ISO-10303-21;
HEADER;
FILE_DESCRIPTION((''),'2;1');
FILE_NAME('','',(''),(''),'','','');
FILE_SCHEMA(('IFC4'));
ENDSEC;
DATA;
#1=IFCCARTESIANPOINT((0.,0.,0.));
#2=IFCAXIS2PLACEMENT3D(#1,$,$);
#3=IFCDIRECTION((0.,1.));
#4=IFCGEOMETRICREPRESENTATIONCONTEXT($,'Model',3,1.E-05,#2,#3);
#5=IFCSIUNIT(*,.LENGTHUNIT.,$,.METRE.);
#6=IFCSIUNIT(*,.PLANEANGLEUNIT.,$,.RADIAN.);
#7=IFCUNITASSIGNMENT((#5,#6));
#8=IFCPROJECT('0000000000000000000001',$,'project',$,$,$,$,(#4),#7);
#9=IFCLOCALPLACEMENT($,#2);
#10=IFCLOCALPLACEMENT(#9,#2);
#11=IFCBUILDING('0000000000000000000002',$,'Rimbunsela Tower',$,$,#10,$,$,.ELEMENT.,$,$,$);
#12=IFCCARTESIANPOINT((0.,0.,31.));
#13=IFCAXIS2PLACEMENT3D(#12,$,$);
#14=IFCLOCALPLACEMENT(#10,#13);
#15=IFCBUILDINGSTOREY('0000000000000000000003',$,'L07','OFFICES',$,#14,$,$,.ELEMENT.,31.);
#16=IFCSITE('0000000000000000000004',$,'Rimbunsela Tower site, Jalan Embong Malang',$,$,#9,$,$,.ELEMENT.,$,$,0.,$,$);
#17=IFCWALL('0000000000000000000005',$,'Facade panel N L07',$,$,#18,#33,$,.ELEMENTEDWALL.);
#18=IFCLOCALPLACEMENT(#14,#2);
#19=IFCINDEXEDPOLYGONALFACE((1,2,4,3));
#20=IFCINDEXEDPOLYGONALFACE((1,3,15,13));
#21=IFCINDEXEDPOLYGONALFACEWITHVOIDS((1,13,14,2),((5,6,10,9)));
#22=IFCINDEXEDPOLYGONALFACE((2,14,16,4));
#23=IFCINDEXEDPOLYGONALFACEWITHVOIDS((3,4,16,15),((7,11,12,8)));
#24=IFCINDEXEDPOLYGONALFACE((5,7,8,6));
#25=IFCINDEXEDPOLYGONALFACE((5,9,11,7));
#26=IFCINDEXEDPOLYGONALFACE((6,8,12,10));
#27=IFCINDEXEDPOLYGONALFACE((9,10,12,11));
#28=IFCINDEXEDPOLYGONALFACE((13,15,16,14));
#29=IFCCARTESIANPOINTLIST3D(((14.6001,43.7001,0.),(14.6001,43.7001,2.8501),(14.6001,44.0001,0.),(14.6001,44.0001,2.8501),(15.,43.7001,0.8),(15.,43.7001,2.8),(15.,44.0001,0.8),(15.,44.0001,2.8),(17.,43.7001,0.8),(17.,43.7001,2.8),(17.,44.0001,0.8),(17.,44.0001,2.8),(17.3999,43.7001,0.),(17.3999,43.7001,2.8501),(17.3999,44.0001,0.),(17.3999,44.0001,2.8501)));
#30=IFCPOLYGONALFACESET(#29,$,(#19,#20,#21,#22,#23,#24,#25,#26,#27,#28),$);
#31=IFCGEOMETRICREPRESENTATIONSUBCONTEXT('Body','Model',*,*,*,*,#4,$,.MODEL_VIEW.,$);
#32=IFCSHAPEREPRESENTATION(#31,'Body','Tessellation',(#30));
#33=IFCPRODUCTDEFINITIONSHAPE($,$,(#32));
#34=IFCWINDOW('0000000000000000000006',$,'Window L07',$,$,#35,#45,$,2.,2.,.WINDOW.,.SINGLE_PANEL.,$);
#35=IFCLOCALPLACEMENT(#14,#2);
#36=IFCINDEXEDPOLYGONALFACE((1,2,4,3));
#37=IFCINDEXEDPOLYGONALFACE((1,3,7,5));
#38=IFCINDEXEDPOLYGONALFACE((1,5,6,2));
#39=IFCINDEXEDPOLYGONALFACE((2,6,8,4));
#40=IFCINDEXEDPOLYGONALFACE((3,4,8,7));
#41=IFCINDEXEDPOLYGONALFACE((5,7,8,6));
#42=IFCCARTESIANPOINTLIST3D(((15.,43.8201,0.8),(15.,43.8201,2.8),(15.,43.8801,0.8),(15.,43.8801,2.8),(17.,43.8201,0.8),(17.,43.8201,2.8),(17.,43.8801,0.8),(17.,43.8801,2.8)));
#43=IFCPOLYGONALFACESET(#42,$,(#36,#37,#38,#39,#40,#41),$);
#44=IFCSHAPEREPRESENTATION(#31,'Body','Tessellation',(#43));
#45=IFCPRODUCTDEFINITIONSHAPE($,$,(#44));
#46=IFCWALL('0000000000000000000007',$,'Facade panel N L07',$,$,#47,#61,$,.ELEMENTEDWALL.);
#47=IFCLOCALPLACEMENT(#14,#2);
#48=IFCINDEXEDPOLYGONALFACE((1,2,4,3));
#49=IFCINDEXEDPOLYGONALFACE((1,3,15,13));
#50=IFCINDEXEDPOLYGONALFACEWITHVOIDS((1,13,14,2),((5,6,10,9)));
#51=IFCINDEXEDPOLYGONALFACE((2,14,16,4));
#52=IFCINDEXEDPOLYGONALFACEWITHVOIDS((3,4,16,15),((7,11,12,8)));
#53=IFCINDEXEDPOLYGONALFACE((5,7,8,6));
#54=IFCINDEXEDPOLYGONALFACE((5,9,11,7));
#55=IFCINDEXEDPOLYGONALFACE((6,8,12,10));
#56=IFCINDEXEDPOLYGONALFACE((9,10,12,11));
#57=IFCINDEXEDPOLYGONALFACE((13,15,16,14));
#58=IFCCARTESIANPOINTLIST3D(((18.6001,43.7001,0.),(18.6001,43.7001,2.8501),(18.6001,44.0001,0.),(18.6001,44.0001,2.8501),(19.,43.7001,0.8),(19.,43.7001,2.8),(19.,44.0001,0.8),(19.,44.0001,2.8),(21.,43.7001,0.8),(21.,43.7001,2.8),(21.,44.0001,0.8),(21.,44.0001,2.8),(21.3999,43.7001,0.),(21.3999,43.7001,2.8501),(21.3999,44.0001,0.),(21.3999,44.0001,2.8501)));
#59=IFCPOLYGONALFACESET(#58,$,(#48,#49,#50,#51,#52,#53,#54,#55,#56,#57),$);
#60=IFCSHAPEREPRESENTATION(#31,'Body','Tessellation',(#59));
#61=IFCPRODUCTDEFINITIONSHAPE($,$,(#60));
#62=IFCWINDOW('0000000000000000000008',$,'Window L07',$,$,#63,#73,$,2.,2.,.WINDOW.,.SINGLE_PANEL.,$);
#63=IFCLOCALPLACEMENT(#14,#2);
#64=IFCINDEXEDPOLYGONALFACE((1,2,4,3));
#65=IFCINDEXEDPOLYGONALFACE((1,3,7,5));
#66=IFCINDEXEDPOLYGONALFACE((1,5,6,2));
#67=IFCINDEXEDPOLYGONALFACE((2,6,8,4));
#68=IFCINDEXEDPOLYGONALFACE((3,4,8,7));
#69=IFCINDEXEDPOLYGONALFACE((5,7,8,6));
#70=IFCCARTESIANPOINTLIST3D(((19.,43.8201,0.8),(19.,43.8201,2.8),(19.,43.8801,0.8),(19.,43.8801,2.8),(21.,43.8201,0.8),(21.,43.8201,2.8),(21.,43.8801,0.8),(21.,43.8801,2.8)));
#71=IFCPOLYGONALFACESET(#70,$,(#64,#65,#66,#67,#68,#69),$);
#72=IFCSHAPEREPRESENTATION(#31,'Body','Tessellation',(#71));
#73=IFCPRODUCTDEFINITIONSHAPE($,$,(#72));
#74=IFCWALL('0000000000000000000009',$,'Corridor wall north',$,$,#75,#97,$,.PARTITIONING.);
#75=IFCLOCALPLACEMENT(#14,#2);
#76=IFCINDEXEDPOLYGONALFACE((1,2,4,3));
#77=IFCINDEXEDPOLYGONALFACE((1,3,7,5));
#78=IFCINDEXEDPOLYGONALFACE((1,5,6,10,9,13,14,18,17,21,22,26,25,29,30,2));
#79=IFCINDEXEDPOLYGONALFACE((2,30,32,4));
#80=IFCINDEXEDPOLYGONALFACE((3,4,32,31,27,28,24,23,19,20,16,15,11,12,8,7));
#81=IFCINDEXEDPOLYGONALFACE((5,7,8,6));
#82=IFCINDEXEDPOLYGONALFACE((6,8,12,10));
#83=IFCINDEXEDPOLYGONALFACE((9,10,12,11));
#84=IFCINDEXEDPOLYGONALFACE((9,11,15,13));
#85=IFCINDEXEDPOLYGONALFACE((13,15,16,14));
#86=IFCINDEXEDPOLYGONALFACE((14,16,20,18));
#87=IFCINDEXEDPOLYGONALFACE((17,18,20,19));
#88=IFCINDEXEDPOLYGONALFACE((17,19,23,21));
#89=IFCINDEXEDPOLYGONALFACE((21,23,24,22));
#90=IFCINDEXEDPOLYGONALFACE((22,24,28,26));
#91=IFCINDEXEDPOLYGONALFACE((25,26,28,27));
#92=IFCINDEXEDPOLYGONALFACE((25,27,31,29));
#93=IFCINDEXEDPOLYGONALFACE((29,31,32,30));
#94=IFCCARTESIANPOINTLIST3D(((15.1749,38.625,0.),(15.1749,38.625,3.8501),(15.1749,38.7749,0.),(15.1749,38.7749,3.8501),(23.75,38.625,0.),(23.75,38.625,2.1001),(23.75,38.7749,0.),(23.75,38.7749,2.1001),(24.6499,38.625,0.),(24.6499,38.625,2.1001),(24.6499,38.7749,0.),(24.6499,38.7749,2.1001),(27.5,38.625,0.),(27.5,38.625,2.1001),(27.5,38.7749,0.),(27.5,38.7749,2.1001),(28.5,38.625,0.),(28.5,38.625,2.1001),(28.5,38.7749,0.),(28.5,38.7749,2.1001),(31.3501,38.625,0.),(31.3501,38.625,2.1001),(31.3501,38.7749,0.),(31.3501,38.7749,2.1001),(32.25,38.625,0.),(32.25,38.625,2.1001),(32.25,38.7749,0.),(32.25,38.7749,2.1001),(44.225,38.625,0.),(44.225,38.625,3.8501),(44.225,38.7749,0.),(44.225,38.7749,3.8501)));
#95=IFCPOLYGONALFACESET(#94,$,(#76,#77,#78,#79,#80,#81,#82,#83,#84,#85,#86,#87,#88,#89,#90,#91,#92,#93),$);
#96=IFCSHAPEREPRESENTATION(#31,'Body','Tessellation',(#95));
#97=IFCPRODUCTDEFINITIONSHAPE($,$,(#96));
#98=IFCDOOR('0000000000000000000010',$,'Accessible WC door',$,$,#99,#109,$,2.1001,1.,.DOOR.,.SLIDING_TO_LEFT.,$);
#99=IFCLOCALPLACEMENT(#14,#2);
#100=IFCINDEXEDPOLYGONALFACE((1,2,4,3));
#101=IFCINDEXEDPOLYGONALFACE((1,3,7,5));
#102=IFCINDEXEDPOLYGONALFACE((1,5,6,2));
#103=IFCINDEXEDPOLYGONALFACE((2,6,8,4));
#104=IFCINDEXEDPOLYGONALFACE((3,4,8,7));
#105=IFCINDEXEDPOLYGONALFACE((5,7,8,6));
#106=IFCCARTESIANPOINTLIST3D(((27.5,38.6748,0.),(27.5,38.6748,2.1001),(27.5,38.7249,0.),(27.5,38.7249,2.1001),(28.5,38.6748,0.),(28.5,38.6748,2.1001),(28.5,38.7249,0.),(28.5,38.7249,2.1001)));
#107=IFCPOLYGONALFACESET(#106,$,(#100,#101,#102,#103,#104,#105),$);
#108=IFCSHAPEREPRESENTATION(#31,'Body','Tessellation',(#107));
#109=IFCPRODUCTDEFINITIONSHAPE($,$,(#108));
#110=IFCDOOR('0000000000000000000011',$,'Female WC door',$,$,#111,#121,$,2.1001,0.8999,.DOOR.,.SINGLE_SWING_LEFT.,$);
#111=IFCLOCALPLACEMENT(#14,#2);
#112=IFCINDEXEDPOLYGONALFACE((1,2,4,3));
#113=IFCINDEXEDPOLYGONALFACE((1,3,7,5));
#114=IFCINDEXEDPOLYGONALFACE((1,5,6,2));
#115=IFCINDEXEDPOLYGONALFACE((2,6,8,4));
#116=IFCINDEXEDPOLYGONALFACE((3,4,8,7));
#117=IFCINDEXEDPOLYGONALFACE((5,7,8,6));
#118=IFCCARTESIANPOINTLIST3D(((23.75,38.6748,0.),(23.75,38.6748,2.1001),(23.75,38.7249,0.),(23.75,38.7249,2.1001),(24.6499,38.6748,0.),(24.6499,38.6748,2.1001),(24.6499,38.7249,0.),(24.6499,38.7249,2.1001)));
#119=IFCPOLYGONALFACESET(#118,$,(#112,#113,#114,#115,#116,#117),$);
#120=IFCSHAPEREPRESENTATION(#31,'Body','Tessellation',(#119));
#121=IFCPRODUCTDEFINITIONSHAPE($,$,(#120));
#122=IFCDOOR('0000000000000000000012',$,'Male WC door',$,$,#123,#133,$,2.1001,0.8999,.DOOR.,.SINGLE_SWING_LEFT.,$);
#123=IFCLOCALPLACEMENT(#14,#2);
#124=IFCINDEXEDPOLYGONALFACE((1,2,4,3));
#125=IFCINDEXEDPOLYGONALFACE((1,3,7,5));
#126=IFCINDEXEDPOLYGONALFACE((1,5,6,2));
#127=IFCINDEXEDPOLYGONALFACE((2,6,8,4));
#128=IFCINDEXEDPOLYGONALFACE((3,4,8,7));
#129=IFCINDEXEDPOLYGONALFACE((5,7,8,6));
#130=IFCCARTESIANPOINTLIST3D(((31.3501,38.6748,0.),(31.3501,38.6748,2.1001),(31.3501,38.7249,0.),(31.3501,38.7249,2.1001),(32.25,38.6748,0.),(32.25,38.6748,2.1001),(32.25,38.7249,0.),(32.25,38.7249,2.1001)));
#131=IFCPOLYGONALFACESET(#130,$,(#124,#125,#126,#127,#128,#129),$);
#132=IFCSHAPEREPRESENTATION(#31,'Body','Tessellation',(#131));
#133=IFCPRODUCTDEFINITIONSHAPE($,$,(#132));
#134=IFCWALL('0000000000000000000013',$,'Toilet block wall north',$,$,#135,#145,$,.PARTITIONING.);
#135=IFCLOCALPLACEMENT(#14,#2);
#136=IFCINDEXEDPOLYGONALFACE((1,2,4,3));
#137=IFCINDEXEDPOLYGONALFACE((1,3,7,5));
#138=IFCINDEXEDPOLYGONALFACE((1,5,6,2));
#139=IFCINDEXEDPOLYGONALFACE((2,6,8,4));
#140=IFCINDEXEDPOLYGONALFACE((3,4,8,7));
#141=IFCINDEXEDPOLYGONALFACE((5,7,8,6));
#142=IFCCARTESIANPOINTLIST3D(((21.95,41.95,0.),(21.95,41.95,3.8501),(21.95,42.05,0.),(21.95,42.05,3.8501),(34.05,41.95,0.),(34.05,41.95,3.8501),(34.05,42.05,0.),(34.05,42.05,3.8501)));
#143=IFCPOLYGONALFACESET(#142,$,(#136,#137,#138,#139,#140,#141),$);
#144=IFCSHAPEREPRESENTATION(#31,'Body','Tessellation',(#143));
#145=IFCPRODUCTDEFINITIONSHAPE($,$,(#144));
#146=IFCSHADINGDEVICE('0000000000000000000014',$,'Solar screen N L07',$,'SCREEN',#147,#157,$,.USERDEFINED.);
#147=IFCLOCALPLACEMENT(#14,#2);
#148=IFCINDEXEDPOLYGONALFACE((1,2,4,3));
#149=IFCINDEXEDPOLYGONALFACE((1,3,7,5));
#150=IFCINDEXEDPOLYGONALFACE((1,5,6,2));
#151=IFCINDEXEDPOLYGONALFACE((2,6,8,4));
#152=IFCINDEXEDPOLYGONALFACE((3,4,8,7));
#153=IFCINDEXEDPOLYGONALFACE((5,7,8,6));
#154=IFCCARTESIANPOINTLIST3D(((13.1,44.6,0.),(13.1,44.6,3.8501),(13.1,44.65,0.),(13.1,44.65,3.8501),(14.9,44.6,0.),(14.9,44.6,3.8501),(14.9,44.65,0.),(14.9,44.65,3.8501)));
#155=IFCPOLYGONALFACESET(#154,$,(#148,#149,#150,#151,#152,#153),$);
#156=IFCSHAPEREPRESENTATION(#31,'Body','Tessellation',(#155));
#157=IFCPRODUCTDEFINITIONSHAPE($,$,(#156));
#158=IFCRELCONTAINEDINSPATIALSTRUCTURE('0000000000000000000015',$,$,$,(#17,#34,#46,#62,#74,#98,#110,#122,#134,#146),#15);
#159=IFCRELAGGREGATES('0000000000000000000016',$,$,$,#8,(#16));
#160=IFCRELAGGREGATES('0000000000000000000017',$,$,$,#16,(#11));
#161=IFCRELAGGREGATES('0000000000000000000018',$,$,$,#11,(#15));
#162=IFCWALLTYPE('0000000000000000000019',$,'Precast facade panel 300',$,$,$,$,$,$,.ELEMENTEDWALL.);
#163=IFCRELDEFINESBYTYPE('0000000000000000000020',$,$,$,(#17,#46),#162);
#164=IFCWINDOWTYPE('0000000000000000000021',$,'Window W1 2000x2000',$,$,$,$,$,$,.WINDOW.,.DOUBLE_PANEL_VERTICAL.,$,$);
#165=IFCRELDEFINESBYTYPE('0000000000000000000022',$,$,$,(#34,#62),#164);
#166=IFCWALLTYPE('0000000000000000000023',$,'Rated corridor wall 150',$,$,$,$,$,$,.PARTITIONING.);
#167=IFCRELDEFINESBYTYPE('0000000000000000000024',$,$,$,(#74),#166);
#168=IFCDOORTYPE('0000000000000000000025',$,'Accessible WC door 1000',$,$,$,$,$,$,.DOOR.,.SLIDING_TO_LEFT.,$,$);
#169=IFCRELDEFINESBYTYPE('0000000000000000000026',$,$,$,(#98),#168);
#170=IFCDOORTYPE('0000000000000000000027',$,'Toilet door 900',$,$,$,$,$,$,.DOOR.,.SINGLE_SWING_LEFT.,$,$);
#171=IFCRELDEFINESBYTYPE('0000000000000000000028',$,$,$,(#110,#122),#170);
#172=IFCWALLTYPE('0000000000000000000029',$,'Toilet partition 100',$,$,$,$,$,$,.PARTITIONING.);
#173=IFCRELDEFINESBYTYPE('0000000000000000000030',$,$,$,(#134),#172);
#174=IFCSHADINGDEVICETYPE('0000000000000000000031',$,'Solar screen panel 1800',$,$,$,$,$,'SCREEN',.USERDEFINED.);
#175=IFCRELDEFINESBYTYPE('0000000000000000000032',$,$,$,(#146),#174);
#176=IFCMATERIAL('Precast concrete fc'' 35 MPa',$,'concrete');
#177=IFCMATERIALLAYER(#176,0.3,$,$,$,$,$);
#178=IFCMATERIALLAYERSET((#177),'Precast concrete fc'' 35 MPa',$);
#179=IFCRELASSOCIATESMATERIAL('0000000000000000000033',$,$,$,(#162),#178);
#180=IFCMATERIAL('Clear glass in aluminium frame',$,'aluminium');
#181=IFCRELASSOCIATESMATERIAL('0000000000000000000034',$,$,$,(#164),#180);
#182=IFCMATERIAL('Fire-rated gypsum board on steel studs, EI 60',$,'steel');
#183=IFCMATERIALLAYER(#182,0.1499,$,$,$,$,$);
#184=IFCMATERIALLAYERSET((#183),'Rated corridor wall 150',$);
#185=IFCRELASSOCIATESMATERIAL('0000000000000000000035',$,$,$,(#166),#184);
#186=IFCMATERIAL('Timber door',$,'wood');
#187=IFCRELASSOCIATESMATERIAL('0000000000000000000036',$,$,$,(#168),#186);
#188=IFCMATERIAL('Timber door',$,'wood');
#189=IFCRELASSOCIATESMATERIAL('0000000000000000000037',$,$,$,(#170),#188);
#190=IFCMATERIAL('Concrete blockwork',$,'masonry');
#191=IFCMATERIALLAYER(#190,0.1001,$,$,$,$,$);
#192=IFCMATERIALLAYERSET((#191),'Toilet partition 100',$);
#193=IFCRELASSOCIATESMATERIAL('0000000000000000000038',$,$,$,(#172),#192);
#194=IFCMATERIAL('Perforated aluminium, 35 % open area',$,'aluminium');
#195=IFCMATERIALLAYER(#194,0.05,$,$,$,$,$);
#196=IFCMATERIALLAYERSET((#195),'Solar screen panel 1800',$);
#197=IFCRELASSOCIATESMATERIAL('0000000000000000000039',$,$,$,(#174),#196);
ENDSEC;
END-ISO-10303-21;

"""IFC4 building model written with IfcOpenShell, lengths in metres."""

from ifc_helpers import new_model, si_unit, direction, frame, frame_2d, origin, origin_2d, place, context, subcontext, project, spatial, rectangle, extrude, material, layer, layer_set, type_object, element, fill, save


model = new_model("IFC4")

# Units and contexts
model_context = context("Model", 3, precision=1e-05, world=origin(), true_north=direction((0.0, 1.0)))
body_context = subcontext(model_context, "Body", "Model", "MODEL_VIEW")
ifc_project = project(units=[si_unit("LENGTHUNIT", "METRE"), si_unit("PLANEANGLEUNIT", "RADIAN")], contexts=[model_context])

# Site, building, storey
site_placement = place(None, origin())
site = spatial("IfcSite", under=ifc_project, at=site_placement, Name="Rimbunsela Tower site, Jalan Embong Malang", CompositionType="ELEMENT", RefElevation=0.0)
building_placement = place(site_placement, origin())
building = spatial("IfcBuilding", under=site, at=building_placement, Name="Rimbunsela Tower", CompositionType="ELEMENT")
storey_placement = place(building_placement, frame((0.0, 0.0, 31.0)))
storey = spatial("IfcBuildingStorey", under=building, at=storey_placement, Name="L07", Description="OFFICES", CompositionType="ELEMENT", Elevation=31.0)

# Walls, openings, windows
ifc_material_1 = material(Name="Precast concrete fc' 35 MPa", Category="concrete")
ifc_layer_1 = layer(ifc_material_1, 0.3)
ifc_layer_set_1 = layer_set([ifc_layer_1], Name="Precast concrete fc' 35 MPa")
wall_type_1 = type_object("IfcWallType", Name="Precast facade panel 300", PredefinedType="ELEMENTEDWALL", material=ifc_layer_set_1)
wall_1_placement = place(storey_placement, frame((17.3999, 43.8501, 0.0), z_axis=(0.0, 0.0, 1.0), x_axis=(-1.0, 0.0, 0.0)))
wall_1 = element("IfcWall", 1, at=wall_1_placement, inside=storey, type_object=wall_type_1, Name="Facade panel N L07", PredefinedType="ELEMENTEDWALL", context=body_context, shape_type="SweptSolid", body=[
    extrude(rectangle(XDim=2.7998, YDim=0.3, at=frame_2d((1.3999, 0.0))), origin(), (0.0, 0.0, 1.0), 2.8501),
])
opening_1_placement = place(wall_1_placement, frame((0.3999, 0.0, 0.8)))
opening_1 = element("IfcOpeningElement", 2, at=opening_1_placement, cuts=wall_1, PredefinedType="OPENING", context=body_context, shape_type="SweptSolid", body=[
    extrude(rectangle(XDim=2.0, YDim=2.0, at=frame_2d((1.0, 1.0))), frame((0.0, 0.1599, 0.0), z_axis=(0.0, -1.0, 0.0), x_axis=(1.0, 0.0, 0.0)), (0.0, 0.0, 1.0), 0.3201),
])
ifc_material_2 = material(Name="Clear glass in aluminium frame", Category="aluminium")
window_type = type_object("IfcWindowType", Name="Window W1 2000x2000", PartitioningType="DOUBLE_PANEL_VERTICAL", PredefinedType="WINDOW", material=ifc_material_2)
window_1_placement = place(opening_1_placement, origin())
window_1 = element("IfcWindow", 3, at=window_1_placement, inside=storey, type_object=window_type, Name="Window L07", OverallHeight=2.0, OverallWidth=2.0, PartitioningType="SINGLE_PANEL", PredefinedType="WINDOW", context=body_context, shape_type="SweptSolid", body=[
    extrude(rectangle(XDim=2.0, YDim=2.0, at=frame_2d((1.0, 1.0))), frame((0.0, 0.03, 0.0), z_axis=(0.0, -1.0, 0.0), x_axis=(1.0, 0.0, 0.0)), (0.0, 0.0, 1.0), 0.0601),
])
fill(opening_1, window_1)
wall_2_placement = place(storey_placement, frame((21.3999, 43.8501, 0.0), z_axis=(0.0, 0.0, 1.0), x_axis=(-1.0, 0.0, 0.0)))
wall_2 = element("IfcWall", 4, at=wall_2_placement, inside=storey, type_object=wall_type_1, Name="Facade panel N L07", PredefinedType="ELEMENTEDWALL", context=body_context, shape_type="SweptSolid", body=[
    extrude(rectangle(XDim=2.7998, YDim=0.3, at=frame_2d((1.3999, 0.0))), origin(), (0.0, 0.0, 1.0), 2.8501),
])
opening_2_placement = place(wall_2_placement, frame((0.3999, 0.0, 0.8)))
opening_2 = element("IfcOpeningElement", 5, at=opening_2_placement, cuts=wall_2, PredefinedType="OPENING", context=body_context, shape_type="SweptSolid", body=[
    extrude(rectangle(XDim=2.0, YDim=2.0, at=frame_2d((1.0, 1.0))), frame((0.0, 0.1599, 0.0), z_axis=(0.0, -1.0, 0.0), x_axis=(1.0, 0.0, 0.0)), (0.0, 0.0, 1.0), 0.3201),
])
window_2_placement = place(opening_2_placement, origin())
window_2 = element("IfcWindow", 6, at=window_2_placement, inside=storey, type_object=window_type, Name="Window L07", OverallHeight=2.0, OverallWidth=2.0, PartitioningType="SINGLE_PANEL", PredefinedType="WINDOW", context=body_context, shape_type="SweptSolid", body=[
    extrude(rectangle(XDim=2.0, YDim=2.0, at=frame_2d((1.0, 1.0))), frame((0.0, 0.03, 0.0), z_axis=(0.0, -1.0, 0.0), x_axis=(1.0, 0.0, 0.0)), (0.0, 0.0, 1.0), 0.0601),
])
fill(opening_2, window_2)

# Wall, openings, doors
ifc_material_3 = material(Name="Fire-rated gypsum board on steel studs, EI 60", Category="steel")
ifc_layer_2 = layer(ifc_material_3, 0.1499)
ifc_layer_set_2 = layer_set([ifc_layer_2], Name="Rated corridor wall 150")
wall_type_2 = type_object("IfcWallType", Name="Rated corridor wall 150", PredefinedType="PARTITIONING", material=ifc_layer_set_2)
wall_3_placement = place(storey_placement, frame((15.175, 38.7, 0.0), z_axis=(0.0, 0.0, 1.0), x_axis=(1.0, 0.0, 0.0)))
wall_3 = element("IfcWall", 7, at=wall_3_placement, inside=storey, type_object=wall_type_2, Name="Corridor wall north", PredefinedType="PARTITIONING", context=body_context, shape_type="SweptSolid", body=[
    extrude(rectangle(XDim=29.05, YDim=0.1499, at=frame_2d((14.5249, 0.0))), origin(), (0.0, 0.0, 1.0), 3.8501),
])
opening_3_placement = place(wall_3_placement, frame((8.575, 0.0, 0.0)))
opening_3 = element("IfcOpeningElement", 8, at=opening_3_placement, cuts=wall_3, PredefinedType="OPENING", context=body_context, shape_type="SweptSolid", body=[
    extrude(rectangle(XDim=0.8999, YDim=2.1001, at=frame_2d((0.45, 1.05))), frame((0.0, 0.085, 0.0), z_axis=(0.0, -1.0, 0.0), x_axis=(1.0, 0.0, 0.0)), (0.0, 0.0, 1.0), 0.1699),
])
opening_4_placement = place(wall_3_placement, frame((12.325, 0.0, 0.0)))
opening_4 = element("IfcOpeningElement", 9, at=opening_4_placement, cuts=wall_3, PredefinedType="OPENING", context=body_context, shape_type="SweptSolid", body=[
    extrude(rectangle(XDim=1.0, YDim=2.1001, at=frame_2d((0.5, 1.05))), frame((0.0, 0.085, 0.0), z_axis=(0.0, -1.0, 0.0), x_axis=(1.0, 0.0, 0.0)), (0.0, 0.0, 1.0), 0.1699),
])
opening_5_placement = place(wall_3_placement, frame((16.175, 0.0, 0.0)))
opening_5 = element("IfcOpeningElement", 10, at=opening_5_placement, cuts=wall_3, PredefinedType="OPENING", context=body_context, shape_type="SweptSolid", body=[
    extrude(rectangle(XDim=0.8999, YDim=2.1001, at=frame_2d((0.45, 1.05))), frame((0.0, 0.085, 0.0), z_axis=(0.0, -1.0, 0.0), x_axis=(1.0, 0.0, 0.0)), (0.0, 0.0, 1.0), 0.1699),
])
ifc_material_4 = material(Name="Timber door", Category="wood")
door_type_1 = type_object("IfcDoorType", Name="Accessible WC door 1000", OperationType="SLIDING_TO_LEFT", PredefinedType="DOOR", material=ifc_material_4)
door_1_placement = place(opening_4_placement, origin())
door_1 = element("IfcDoor", 11, at=door_1_placement, inside=storey, type_object=door_type_1, Name="Accessible WC door", OperationType="SLIDING_TO_LEFT", OverallHeight=2.1001, OverallWidth=1.0, PredefinedType="DOOR", context=body_context, shape_type="SweptSolid", body=[
    extrude(rectangle(XDim=1.0, YDim=2.1001, at=frame_2d((0.5, 1.05))), frame((0.0, 0.0249, 0.0), z_axis=(0.0, -1.0, 0.0), x_axis=(1.0, 0.0, 0.0)), (0.0, 0.0, 1.0), 0.05),
])
fill(opening_4, door_1)
ifc_material_5 = material(Name="Timber door", Category="wood")
door_type_2 = type_object("IfcDoorType", Name="Toilet door 900", OperationType="SINGLE_SWING_LEFT", PredefinedType="DOOR", material=ifc_material_5)
door_2_placement = place(opening_3_placement, origin())
door_2 = element("IfcDoor", 12, at=door_2_placement, inside=storey, type_object=door_type_2, Name="Female WC door", OperationType="SINGLE_SWING_LEFT", OverallHeight=2.1001, OverallWidth=0.8999, PredefinedType="DOOR", context=body_context, shape_type="SweptSolid", body=[
    extrude(rectangle(XDim=0.8999, YDim=2.1001, at=frame_2d((0.45, 1.05))), frame((0.0, 0.0249, 0.0), z_axis=(0.0, -1.0, 0.0), x_axis=(1.0, 0.0, 0.0)), (0.0, 0.0, 1.0), 0.05),
])
fill(opening_3, door_2)
door_3_placement = place(opening_5_placement, origin())
door_3 = element("IfcDoor", 13, at=door_3_placement, inside=storey, type_object=door_type_2, Name="Male WC door", OperationType="SINGLE_SWING_LEFT", OverallHeight=2.1001, OverallWidth=0.8999, PredefinedType="DOOR", context=body_context, shape_type="SweptSolid", body=[
    extrude(rectangle(XDim=0.8999, YDim=2.1001, at=frame_2d((0.45, 1.05))), frame((0.0, 0.0249, 0.0), z_axis=(0.0, -1.0, 0.0), x_axis=(1.0, 0.0, 0.0)), (0.0, 0.0, 1.0), 0.05),
])
fill(opening_5, door_3)

# Wall
ifc_material_6 = material(Name="Concrete blockwork", Category="masonry")
ifc_layer_3 = layer(ifc_material_6, 0.1001)
ifc_layer_set_3 = layer_set([ifc_layer_3], Name="Toilet partition 100")
wall_type_3 = type_object("IfcWallType", Name="Toilet partition 100", PredefinedType="PARTITIONING", material=ifc_layer_set_3)
wall_4_placement = place(storey_placement, frame((21.95, 42.0, 0.0), z_axis=(0.0, 0.0, 1.0), x_axis=(1.0, 0.0, 0.0)))
element("IfcWall", 14, at=wall_4_placement, inside=storey, type_object=wall_type_3, Name="Toilet block wall north", PredefinedType="PARTITIONING", context=body_context, shape_type="SweptSolid", body=[
    extrude(rectangle(XDim=12.1001, YDim=0.1001, at=frame_2d((6.05, 0.0))), origin(), (0.0, 0.0, 1.0), 3.8501),
])

# Shading device
ifc_material_7 = material(Name="Perforated aluminium, 35 % open area", Category="aluminium")
ifc_layer_4 = layer(ifc_material_7, 0.05)
ifc_layer_set_4 = layer_set([ifc_layer_4], Name="Solar screen panel 1800")
shading_device_type = type_object("IfcShadingDeviceType", Name="Solar screen panel 1800", ElementType="SCREEN", PredefinedType="USERDEFINED", material=ifc_layer_set_4)
for number, where, z_axis, x_axis, name in (
    (15, (14.0, 44.625, 0.0), (0.0, 0.0, 1.0), (1.0, 0.0, 0.0), "Solar screen N L07"),
):
    element("IfcShadingDevice", number, at=place(storey_placement, frame(where, z_axis=z_axis, x_axis=x_axis)), inside=storey, type_object=shading_device_type, Name=name, ObjectType="SCREEN", PredefinedType="USERDEFINED", context=body_context, shape_type="SweptSolid", body=[
        extrude(rectangle(XDim=1.8, YDim=0.05, at=origin_2d()), origin(), (0.0, 0.0, 1.0), 3.8501),
    ])

save(model, "model.ifc")
